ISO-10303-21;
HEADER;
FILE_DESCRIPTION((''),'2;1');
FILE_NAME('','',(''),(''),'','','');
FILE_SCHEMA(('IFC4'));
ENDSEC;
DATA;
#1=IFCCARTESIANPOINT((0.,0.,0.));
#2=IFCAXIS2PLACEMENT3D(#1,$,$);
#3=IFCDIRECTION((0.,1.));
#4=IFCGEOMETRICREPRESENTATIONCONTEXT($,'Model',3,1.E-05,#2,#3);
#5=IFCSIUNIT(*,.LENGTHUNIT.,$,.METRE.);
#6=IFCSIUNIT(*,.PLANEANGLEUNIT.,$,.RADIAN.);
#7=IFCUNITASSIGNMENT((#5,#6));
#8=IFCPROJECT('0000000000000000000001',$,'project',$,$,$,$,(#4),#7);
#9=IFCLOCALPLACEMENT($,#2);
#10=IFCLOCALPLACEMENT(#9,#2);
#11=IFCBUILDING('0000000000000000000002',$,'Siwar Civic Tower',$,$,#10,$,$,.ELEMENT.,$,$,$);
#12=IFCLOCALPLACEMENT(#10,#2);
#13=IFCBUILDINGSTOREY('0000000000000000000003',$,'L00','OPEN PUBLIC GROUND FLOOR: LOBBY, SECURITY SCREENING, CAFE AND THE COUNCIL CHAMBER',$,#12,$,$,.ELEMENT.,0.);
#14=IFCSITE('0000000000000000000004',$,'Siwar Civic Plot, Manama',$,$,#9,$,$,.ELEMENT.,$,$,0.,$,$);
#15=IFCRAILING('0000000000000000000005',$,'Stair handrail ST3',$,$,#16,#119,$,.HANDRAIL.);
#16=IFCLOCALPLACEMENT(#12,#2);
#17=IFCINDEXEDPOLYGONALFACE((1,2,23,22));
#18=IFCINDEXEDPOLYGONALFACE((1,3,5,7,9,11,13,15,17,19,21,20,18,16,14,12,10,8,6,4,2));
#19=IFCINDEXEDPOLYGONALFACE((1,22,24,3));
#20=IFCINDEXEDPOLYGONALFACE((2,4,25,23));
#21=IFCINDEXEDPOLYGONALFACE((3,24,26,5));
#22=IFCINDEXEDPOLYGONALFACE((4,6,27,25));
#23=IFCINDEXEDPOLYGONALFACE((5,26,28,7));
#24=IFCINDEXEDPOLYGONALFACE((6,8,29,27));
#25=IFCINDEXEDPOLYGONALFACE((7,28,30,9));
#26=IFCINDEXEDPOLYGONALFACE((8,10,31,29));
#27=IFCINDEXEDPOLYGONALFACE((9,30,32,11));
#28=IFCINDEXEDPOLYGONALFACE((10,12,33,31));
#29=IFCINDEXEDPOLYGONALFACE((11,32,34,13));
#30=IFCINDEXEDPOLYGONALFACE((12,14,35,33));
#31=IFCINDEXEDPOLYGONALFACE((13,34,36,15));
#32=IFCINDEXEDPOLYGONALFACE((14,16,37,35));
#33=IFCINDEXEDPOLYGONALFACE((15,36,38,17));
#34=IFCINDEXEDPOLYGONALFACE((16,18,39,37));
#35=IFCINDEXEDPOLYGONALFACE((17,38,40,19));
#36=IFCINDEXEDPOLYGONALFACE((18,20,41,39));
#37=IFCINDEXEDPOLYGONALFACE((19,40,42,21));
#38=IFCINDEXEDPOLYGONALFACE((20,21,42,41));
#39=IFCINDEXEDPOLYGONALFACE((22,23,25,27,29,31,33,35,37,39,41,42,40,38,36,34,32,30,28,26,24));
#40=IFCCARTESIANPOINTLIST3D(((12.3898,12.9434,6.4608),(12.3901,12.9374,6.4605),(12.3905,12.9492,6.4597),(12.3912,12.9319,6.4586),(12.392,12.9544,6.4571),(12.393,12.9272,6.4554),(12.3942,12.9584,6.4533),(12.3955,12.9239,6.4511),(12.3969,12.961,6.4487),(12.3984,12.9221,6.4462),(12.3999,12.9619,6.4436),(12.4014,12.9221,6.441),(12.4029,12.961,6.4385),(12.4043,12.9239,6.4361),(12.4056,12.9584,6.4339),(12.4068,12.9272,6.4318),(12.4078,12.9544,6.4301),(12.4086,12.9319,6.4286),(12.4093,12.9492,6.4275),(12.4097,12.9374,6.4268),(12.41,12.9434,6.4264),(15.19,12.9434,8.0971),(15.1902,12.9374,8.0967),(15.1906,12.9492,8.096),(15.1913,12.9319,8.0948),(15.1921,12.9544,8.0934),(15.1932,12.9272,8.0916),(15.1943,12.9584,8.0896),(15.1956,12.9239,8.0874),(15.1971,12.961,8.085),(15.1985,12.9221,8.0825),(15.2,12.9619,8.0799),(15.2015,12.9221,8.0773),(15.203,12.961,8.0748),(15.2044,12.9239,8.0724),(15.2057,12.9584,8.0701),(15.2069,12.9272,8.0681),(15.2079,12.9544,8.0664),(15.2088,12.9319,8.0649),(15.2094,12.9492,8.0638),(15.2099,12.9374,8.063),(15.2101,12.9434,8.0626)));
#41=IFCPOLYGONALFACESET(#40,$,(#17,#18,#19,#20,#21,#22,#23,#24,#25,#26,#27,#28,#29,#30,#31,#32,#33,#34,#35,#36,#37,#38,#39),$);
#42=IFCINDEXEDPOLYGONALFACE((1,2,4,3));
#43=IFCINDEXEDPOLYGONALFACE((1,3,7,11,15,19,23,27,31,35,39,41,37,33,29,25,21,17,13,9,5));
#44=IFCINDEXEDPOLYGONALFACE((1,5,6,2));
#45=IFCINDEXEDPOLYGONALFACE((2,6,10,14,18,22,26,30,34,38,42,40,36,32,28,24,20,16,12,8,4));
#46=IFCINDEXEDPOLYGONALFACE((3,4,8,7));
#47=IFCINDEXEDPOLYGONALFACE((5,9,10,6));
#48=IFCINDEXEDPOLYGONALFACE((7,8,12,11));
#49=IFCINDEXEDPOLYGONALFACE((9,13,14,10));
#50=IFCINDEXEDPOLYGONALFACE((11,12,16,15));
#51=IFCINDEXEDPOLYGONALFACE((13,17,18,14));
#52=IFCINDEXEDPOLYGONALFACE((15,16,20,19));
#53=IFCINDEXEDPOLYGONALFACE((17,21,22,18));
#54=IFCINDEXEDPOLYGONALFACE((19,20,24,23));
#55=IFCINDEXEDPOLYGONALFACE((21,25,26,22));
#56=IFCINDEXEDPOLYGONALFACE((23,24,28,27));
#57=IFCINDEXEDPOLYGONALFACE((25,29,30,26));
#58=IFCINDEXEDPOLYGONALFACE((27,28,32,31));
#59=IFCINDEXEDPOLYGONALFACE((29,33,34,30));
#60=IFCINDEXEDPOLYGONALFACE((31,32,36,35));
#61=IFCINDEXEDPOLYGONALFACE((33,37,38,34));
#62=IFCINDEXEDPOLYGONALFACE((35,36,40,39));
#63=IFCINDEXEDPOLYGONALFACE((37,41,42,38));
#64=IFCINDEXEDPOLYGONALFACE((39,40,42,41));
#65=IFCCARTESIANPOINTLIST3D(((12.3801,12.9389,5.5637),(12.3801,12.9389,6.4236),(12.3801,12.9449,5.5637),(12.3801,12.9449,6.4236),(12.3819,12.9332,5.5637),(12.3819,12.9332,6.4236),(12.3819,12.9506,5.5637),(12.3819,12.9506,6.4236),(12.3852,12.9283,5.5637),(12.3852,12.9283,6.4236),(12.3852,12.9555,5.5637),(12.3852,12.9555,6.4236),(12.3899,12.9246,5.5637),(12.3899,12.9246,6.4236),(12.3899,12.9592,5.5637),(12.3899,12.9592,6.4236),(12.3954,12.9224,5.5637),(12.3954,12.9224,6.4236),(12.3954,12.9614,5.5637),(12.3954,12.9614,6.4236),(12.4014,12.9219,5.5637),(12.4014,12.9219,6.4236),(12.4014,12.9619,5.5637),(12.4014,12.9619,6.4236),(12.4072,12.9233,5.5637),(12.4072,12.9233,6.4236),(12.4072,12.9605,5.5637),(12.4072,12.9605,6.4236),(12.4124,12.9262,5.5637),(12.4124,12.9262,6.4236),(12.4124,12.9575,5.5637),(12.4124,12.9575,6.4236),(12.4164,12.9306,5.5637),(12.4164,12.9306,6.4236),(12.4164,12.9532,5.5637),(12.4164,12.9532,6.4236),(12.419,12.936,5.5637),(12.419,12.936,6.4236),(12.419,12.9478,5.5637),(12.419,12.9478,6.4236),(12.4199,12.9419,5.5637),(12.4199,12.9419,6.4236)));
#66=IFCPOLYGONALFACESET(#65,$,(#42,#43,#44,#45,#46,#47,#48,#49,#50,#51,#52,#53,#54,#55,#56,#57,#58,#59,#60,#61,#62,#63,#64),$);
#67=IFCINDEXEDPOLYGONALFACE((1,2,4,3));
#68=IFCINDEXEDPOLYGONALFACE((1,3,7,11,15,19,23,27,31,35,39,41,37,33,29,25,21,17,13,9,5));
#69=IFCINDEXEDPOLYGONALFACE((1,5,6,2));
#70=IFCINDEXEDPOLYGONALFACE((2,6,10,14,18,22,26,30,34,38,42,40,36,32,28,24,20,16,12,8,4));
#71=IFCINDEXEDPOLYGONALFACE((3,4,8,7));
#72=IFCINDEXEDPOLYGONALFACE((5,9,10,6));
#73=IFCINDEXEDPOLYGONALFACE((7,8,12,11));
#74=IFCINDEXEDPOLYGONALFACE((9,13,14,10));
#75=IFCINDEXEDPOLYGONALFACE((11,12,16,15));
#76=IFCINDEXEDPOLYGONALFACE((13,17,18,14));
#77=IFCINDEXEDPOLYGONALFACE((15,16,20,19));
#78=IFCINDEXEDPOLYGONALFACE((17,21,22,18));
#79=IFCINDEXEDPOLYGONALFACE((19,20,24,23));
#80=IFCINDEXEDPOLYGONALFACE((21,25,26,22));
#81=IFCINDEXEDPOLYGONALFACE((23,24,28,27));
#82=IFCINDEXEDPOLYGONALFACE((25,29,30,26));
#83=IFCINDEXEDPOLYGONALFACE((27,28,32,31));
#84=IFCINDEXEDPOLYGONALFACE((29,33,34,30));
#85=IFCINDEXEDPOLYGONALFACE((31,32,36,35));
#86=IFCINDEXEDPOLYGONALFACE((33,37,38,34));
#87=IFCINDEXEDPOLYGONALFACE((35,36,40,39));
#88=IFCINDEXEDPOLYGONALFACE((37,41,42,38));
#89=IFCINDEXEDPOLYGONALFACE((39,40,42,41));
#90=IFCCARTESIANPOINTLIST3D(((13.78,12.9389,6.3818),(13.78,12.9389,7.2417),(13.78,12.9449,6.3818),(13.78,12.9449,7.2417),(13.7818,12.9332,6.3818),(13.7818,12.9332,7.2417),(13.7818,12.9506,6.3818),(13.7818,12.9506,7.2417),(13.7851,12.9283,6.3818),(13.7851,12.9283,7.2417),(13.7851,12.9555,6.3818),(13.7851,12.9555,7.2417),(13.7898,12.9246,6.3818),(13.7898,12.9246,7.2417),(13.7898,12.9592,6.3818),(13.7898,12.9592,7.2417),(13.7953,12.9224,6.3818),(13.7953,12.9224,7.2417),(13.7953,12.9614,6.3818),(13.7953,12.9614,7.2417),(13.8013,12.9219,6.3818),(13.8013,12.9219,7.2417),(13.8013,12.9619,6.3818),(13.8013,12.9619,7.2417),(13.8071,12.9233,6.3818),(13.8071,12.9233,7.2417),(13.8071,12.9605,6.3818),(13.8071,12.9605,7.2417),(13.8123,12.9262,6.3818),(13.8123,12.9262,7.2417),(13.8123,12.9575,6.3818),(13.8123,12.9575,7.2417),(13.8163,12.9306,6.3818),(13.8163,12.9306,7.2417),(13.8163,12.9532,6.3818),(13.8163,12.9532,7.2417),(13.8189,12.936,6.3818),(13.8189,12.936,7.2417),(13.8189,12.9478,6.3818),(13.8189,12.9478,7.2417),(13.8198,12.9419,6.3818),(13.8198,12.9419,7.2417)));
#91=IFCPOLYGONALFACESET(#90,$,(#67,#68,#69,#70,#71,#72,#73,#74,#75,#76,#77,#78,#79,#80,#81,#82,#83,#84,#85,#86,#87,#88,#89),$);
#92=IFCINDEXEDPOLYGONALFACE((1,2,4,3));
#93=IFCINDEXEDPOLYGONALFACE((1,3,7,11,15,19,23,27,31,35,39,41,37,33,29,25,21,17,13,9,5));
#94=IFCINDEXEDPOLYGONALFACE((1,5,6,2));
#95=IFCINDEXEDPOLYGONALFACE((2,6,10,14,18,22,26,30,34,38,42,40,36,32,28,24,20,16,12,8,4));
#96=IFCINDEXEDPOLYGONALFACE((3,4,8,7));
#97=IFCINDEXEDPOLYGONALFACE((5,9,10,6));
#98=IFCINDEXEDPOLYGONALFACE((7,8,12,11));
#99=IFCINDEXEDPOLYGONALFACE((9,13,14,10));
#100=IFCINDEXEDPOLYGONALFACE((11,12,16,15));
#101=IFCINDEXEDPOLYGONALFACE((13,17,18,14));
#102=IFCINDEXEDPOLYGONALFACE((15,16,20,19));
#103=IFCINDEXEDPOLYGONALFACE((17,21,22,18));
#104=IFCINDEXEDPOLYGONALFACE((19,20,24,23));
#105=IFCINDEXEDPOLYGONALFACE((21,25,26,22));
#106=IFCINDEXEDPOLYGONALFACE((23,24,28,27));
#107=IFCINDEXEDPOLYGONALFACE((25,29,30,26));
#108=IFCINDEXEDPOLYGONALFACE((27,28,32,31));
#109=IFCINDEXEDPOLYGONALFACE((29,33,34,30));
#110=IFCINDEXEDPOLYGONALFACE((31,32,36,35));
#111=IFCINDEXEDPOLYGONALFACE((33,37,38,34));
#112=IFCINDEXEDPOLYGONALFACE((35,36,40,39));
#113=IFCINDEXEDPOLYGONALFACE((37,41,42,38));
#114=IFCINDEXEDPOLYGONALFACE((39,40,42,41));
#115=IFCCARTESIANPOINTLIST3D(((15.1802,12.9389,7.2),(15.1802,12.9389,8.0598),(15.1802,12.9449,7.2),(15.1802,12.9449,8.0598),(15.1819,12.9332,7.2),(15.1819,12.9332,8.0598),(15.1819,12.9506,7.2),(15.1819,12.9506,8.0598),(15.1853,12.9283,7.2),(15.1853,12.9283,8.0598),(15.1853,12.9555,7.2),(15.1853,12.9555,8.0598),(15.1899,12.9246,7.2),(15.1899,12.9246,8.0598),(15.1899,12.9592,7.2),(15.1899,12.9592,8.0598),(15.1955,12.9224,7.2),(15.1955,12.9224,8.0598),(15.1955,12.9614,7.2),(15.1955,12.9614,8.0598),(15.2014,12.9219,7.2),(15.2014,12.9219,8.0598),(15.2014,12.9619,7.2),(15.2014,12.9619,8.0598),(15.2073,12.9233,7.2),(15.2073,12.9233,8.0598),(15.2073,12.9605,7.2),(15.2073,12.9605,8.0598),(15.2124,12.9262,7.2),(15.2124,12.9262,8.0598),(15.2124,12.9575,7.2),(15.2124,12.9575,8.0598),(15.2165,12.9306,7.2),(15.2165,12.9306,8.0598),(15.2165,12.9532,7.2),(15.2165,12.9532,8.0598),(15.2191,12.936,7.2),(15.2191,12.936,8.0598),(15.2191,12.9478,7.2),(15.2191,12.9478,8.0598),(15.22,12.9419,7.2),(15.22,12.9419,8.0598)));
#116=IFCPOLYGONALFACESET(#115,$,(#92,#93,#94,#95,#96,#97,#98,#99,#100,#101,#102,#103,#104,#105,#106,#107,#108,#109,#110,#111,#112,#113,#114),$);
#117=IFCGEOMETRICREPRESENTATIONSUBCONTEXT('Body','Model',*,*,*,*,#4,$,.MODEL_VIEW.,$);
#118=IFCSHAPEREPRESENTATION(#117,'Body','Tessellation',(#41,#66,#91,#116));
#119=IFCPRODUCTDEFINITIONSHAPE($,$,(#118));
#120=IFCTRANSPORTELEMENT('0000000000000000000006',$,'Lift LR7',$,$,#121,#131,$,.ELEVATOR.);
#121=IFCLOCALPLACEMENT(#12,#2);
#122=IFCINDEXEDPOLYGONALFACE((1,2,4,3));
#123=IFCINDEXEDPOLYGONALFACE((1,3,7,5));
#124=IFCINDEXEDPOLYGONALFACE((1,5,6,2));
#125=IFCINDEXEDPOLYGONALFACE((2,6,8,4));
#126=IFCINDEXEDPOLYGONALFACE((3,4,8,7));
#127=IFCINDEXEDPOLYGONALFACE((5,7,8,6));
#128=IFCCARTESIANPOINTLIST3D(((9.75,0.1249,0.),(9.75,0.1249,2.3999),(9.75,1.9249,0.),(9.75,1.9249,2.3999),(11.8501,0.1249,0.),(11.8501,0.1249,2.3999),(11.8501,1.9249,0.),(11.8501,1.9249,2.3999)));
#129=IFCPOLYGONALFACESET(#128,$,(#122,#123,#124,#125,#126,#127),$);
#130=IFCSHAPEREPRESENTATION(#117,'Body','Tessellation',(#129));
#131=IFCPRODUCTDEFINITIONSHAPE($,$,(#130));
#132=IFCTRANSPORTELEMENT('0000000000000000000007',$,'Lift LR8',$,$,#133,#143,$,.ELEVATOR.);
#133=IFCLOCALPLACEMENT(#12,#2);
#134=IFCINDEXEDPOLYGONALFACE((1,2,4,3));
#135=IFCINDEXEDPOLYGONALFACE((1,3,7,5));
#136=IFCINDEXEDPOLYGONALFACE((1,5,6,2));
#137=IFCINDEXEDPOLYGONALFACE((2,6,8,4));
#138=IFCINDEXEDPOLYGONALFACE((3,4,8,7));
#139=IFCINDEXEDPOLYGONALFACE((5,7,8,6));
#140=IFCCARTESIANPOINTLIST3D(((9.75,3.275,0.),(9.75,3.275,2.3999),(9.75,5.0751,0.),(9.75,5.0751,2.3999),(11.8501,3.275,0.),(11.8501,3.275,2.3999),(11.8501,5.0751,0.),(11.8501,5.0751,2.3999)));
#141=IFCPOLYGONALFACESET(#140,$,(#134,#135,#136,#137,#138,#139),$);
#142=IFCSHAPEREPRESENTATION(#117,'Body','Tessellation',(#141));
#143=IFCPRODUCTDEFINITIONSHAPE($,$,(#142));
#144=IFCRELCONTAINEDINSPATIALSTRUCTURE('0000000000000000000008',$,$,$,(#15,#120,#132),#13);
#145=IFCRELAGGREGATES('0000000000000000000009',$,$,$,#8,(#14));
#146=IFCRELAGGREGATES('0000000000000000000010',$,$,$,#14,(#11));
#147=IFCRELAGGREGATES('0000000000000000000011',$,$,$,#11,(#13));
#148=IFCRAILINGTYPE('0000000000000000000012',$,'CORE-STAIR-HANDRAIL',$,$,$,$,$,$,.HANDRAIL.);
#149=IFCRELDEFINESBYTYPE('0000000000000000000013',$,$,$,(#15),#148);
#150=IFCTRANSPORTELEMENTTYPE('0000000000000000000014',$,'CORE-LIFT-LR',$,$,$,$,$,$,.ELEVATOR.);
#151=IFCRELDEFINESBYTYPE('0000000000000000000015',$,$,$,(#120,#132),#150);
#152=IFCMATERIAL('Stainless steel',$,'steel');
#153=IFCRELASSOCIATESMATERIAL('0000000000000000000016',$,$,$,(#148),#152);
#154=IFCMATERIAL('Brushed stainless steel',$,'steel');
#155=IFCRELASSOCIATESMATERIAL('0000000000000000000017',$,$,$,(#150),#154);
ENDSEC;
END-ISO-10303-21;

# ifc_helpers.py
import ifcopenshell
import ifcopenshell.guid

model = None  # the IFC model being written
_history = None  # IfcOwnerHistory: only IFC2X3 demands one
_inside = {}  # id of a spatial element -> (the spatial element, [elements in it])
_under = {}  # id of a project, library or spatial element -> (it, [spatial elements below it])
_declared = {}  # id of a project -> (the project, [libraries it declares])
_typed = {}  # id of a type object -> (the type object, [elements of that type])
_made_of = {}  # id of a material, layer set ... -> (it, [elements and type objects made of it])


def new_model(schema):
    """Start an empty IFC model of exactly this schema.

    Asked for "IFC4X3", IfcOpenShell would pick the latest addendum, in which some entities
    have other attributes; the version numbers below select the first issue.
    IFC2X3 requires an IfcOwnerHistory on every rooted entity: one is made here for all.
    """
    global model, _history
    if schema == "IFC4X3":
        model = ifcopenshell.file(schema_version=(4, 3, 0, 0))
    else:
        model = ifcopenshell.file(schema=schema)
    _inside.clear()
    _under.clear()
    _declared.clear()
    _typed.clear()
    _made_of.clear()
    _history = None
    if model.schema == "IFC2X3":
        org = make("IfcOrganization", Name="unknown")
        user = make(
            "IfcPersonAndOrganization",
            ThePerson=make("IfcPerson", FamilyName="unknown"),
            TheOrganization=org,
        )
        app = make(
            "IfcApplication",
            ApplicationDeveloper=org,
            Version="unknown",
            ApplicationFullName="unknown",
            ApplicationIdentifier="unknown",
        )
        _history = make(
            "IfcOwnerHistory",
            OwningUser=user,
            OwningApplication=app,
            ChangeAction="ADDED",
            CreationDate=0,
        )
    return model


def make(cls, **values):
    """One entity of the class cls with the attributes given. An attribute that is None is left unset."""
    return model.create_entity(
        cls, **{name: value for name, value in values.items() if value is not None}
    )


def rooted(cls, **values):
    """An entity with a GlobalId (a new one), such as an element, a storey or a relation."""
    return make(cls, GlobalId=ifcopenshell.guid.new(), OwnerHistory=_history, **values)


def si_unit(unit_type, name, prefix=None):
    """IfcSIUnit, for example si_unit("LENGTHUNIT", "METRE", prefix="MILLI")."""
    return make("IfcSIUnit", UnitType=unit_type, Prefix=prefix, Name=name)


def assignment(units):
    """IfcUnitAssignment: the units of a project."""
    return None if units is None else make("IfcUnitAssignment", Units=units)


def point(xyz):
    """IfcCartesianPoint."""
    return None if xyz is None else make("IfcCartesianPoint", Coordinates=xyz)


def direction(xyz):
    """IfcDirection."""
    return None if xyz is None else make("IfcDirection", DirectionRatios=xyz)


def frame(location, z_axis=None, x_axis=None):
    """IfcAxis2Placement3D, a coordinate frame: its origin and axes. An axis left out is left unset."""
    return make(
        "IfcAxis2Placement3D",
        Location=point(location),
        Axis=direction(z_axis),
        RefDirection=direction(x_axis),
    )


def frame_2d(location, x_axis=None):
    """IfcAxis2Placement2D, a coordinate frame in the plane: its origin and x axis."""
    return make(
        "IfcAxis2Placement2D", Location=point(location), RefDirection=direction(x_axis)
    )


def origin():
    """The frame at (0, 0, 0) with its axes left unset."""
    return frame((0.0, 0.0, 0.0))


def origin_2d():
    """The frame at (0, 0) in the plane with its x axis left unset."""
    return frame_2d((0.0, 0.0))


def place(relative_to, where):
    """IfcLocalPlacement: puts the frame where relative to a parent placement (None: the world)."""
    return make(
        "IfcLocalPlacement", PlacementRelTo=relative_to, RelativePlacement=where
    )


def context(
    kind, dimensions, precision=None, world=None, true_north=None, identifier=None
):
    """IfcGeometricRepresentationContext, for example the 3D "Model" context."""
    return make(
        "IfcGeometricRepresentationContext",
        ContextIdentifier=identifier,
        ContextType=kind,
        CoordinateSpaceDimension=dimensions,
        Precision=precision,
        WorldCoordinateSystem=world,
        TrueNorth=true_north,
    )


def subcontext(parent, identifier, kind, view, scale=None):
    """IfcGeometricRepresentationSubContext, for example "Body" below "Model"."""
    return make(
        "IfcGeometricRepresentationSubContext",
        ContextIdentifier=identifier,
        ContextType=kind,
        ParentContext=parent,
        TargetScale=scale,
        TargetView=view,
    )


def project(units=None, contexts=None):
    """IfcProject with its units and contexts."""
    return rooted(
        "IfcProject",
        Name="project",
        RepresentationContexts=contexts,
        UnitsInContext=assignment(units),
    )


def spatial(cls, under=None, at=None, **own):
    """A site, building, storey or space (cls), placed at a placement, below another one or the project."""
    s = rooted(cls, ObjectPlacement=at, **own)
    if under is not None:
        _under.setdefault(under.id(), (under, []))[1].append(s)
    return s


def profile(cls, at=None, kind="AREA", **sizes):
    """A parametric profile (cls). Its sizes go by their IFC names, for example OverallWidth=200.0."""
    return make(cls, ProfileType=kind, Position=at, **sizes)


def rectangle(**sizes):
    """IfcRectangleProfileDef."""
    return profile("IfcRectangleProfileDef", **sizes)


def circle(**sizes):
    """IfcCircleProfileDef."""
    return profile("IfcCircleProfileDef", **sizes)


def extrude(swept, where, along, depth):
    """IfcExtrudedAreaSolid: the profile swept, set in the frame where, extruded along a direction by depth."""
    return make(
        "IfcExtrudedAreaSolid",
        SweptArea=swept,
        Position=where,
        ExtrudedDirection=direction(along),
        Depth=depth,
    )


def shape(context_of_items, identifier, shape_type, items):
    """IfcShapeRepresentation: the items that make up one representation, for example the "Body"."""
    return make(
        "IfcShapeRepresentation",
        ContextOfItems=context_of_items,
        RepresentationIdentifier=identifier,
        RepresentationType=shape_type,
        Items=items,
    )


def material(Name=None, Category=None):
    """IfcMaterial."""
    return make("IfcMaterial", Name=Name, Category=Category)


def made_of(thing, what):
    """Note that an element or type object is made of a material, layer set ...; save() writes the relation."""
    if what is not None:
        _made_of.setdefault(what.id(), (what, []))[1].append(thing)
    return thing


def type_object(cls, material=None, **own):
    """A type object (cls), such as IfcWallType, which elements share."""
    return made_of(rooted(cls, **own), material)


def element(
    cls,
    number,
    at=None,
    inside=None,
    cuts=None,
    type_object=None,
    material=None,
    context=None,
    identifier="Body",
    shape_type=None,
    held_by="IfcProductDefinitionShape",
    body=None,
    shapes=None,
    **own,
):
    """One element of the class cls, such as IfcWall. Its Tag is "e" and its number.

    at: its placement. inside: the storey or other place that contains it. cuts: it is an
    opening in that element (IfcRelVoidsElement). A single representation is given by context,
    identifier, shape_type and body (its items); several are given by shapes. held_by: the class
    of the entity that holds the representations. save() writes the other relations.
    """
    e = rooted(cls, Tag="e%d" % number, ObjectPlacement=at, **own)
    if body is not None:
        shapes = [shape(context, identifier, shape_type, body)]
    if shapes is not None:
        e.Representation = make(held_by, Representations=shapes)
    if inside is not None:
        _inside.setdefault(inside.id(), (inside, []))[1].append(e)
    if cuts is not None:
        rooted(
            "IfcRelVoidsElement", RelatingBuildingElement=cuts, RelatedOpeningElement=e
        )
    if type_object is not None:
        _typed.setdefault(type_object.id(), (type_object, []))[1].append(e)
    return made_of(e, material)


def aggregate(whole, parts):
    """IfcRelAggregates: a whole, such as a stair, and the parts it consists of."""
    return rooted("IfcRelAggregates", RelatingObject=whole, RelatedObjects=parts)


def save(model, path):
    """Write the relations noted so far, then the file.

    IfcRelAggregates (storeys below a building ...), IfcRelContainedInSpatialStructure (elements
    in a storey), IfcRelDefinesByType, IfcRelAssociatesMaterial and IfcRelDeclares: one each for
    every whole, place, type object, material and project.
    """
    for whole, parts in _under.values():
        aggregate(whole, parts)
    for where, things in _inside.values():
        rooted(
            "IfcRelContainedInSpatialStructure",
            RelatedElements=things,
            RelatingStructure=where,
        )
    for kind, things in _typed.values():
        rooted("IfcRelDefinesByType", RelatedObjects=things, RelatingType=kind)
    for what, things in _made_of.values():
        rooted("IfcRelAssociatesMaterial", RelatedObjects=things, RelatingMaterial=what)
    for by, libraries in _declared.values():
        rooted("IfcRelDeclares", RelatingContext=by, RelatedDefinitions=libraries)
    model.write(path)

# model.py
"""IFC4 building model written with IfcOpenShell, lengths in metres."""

from ifc_helpers import new_model, si_unit, direction, frame, origin, origin_2d, place, context, subcontext, project, spatial, rectangle, circle, extrude, material, type_object, element, save


model = new_model("IFC4")

# Units and contexts
model_context = context("Model", 3, precision=1e-05, world=origin(), true_north=direction((0.0, 1.0)))
body_context = subcontext(model_context, "Body", "Model", "MODEL_VIEW")
ifc_project = project(units=[si_unit("LENGTHUNIT", "METRE"), si_unit("PLANEANGLEUNIT", "RADIAN")], contexts=[model_context])

# Site, building, storey
site_placement = place(None, origin())
site = spatial("IfcSite", under=ifc_project, at=site_placement, Name="Siwar Civic Plot, Manama", CompositionType="ELEMENT", RefElevation=0.0)
building_placement = place(site_placement, origin())
building = spatial("IfcBuilding", under=site, at=building_placement, Name="Siwar Civic Tower", CompositionType="ELEMENT")
storey_placement = place(building_placement, origin())
storey = spatial("IfcBuildingStorey", under=building, at=storey_placement, Name="L00", Description="OPEN PUBLIC GROUND FLOOR: LOBBY, SECURITY SCREENING, CAFE AND THE COUNCIL CHAMBER", CompositionType="ELEMENT", Elevation=0.0)

# Railing
ifc_material_1 = material(Name="Stainless steel", Category="steel")
railing_type = type_object("IfcRailingType", Name="CORE-STAIR-HANDRAIL", PredefinedType="HANDRAIL", material=ifc_material_1)
railing_1_placement = place(storey_placement, frame((12.3999, 12.9419, 5.5637)))
element("IfcRailing", 1, at=railing_1_placement, inside=storey, type_object=railing_type, Name="Stair handrail ST3", PredefinedType="HANDRAIL", context=body_context, shape_type="SweptSolid", body=[
    extrude(circle(Radius=0.02, at=origin_2d()), frame((0.0, 0.0, 0.8799), z_axis=(0.863394, 0.0, 0.504531), x_axis=(0.0, 1.0, 0.0)), (0.0, 0.0, 1.0), 3.2432),
    extrude(circle(Radius=0.02, at=origin_2d()), origin(), (0.0, 0.0, 1.0), 0.8599),
    extrude(circle(Radius=0.02, at=origin_2d()), frame((1.3999, 0.0, 0.8181)), (0.0, 0.0, 1.0), 0.8599),
    extrude(circle(Radius=0.02, at=origin_2d()), frame((2.8, 0.0, 1.6362)), (0.0, 0.0, 1.0), 0.8599),
])

# Transport elements
ifc_material_2 = material(Name="Brushed stainless steel", Category="steel")
transport_element_type = type_object("IfcTransportElementType", Name="CORE-LIFT-LR", PredefinedType="ELEVATOR", material=ifc_material_2)
for number, where, z_axis, x_axis, name in (
    (2, (10.8, 1.0249, 0.0), (0.0, 0.0, 1.0), (1.0, 0.0, 0.0), "Lift LR7"),
    (3, (10.8, 4.175, 0.0), (0.0, 0.0, 1.0), (1.0, 0.0, 0.0), "Lift LR8"),
):
    element("IfcTransportElement", number, at=place(storey_placement, frame(where, z_axis=z_axis, x_axis=x_axis)), inside=storey, type_object=transport_element_type, Name=name, PredefinedType="ELEVATOR", context=body_context, shape_type="SweptSolid", body=[
        extrude(rectangle(XDim=2.1001, YDim=1.8, at=origin_2d()), origin(), (0.0, 0.0, 1.0), 2.3999),
    ])

save(model, "model.ifc")
